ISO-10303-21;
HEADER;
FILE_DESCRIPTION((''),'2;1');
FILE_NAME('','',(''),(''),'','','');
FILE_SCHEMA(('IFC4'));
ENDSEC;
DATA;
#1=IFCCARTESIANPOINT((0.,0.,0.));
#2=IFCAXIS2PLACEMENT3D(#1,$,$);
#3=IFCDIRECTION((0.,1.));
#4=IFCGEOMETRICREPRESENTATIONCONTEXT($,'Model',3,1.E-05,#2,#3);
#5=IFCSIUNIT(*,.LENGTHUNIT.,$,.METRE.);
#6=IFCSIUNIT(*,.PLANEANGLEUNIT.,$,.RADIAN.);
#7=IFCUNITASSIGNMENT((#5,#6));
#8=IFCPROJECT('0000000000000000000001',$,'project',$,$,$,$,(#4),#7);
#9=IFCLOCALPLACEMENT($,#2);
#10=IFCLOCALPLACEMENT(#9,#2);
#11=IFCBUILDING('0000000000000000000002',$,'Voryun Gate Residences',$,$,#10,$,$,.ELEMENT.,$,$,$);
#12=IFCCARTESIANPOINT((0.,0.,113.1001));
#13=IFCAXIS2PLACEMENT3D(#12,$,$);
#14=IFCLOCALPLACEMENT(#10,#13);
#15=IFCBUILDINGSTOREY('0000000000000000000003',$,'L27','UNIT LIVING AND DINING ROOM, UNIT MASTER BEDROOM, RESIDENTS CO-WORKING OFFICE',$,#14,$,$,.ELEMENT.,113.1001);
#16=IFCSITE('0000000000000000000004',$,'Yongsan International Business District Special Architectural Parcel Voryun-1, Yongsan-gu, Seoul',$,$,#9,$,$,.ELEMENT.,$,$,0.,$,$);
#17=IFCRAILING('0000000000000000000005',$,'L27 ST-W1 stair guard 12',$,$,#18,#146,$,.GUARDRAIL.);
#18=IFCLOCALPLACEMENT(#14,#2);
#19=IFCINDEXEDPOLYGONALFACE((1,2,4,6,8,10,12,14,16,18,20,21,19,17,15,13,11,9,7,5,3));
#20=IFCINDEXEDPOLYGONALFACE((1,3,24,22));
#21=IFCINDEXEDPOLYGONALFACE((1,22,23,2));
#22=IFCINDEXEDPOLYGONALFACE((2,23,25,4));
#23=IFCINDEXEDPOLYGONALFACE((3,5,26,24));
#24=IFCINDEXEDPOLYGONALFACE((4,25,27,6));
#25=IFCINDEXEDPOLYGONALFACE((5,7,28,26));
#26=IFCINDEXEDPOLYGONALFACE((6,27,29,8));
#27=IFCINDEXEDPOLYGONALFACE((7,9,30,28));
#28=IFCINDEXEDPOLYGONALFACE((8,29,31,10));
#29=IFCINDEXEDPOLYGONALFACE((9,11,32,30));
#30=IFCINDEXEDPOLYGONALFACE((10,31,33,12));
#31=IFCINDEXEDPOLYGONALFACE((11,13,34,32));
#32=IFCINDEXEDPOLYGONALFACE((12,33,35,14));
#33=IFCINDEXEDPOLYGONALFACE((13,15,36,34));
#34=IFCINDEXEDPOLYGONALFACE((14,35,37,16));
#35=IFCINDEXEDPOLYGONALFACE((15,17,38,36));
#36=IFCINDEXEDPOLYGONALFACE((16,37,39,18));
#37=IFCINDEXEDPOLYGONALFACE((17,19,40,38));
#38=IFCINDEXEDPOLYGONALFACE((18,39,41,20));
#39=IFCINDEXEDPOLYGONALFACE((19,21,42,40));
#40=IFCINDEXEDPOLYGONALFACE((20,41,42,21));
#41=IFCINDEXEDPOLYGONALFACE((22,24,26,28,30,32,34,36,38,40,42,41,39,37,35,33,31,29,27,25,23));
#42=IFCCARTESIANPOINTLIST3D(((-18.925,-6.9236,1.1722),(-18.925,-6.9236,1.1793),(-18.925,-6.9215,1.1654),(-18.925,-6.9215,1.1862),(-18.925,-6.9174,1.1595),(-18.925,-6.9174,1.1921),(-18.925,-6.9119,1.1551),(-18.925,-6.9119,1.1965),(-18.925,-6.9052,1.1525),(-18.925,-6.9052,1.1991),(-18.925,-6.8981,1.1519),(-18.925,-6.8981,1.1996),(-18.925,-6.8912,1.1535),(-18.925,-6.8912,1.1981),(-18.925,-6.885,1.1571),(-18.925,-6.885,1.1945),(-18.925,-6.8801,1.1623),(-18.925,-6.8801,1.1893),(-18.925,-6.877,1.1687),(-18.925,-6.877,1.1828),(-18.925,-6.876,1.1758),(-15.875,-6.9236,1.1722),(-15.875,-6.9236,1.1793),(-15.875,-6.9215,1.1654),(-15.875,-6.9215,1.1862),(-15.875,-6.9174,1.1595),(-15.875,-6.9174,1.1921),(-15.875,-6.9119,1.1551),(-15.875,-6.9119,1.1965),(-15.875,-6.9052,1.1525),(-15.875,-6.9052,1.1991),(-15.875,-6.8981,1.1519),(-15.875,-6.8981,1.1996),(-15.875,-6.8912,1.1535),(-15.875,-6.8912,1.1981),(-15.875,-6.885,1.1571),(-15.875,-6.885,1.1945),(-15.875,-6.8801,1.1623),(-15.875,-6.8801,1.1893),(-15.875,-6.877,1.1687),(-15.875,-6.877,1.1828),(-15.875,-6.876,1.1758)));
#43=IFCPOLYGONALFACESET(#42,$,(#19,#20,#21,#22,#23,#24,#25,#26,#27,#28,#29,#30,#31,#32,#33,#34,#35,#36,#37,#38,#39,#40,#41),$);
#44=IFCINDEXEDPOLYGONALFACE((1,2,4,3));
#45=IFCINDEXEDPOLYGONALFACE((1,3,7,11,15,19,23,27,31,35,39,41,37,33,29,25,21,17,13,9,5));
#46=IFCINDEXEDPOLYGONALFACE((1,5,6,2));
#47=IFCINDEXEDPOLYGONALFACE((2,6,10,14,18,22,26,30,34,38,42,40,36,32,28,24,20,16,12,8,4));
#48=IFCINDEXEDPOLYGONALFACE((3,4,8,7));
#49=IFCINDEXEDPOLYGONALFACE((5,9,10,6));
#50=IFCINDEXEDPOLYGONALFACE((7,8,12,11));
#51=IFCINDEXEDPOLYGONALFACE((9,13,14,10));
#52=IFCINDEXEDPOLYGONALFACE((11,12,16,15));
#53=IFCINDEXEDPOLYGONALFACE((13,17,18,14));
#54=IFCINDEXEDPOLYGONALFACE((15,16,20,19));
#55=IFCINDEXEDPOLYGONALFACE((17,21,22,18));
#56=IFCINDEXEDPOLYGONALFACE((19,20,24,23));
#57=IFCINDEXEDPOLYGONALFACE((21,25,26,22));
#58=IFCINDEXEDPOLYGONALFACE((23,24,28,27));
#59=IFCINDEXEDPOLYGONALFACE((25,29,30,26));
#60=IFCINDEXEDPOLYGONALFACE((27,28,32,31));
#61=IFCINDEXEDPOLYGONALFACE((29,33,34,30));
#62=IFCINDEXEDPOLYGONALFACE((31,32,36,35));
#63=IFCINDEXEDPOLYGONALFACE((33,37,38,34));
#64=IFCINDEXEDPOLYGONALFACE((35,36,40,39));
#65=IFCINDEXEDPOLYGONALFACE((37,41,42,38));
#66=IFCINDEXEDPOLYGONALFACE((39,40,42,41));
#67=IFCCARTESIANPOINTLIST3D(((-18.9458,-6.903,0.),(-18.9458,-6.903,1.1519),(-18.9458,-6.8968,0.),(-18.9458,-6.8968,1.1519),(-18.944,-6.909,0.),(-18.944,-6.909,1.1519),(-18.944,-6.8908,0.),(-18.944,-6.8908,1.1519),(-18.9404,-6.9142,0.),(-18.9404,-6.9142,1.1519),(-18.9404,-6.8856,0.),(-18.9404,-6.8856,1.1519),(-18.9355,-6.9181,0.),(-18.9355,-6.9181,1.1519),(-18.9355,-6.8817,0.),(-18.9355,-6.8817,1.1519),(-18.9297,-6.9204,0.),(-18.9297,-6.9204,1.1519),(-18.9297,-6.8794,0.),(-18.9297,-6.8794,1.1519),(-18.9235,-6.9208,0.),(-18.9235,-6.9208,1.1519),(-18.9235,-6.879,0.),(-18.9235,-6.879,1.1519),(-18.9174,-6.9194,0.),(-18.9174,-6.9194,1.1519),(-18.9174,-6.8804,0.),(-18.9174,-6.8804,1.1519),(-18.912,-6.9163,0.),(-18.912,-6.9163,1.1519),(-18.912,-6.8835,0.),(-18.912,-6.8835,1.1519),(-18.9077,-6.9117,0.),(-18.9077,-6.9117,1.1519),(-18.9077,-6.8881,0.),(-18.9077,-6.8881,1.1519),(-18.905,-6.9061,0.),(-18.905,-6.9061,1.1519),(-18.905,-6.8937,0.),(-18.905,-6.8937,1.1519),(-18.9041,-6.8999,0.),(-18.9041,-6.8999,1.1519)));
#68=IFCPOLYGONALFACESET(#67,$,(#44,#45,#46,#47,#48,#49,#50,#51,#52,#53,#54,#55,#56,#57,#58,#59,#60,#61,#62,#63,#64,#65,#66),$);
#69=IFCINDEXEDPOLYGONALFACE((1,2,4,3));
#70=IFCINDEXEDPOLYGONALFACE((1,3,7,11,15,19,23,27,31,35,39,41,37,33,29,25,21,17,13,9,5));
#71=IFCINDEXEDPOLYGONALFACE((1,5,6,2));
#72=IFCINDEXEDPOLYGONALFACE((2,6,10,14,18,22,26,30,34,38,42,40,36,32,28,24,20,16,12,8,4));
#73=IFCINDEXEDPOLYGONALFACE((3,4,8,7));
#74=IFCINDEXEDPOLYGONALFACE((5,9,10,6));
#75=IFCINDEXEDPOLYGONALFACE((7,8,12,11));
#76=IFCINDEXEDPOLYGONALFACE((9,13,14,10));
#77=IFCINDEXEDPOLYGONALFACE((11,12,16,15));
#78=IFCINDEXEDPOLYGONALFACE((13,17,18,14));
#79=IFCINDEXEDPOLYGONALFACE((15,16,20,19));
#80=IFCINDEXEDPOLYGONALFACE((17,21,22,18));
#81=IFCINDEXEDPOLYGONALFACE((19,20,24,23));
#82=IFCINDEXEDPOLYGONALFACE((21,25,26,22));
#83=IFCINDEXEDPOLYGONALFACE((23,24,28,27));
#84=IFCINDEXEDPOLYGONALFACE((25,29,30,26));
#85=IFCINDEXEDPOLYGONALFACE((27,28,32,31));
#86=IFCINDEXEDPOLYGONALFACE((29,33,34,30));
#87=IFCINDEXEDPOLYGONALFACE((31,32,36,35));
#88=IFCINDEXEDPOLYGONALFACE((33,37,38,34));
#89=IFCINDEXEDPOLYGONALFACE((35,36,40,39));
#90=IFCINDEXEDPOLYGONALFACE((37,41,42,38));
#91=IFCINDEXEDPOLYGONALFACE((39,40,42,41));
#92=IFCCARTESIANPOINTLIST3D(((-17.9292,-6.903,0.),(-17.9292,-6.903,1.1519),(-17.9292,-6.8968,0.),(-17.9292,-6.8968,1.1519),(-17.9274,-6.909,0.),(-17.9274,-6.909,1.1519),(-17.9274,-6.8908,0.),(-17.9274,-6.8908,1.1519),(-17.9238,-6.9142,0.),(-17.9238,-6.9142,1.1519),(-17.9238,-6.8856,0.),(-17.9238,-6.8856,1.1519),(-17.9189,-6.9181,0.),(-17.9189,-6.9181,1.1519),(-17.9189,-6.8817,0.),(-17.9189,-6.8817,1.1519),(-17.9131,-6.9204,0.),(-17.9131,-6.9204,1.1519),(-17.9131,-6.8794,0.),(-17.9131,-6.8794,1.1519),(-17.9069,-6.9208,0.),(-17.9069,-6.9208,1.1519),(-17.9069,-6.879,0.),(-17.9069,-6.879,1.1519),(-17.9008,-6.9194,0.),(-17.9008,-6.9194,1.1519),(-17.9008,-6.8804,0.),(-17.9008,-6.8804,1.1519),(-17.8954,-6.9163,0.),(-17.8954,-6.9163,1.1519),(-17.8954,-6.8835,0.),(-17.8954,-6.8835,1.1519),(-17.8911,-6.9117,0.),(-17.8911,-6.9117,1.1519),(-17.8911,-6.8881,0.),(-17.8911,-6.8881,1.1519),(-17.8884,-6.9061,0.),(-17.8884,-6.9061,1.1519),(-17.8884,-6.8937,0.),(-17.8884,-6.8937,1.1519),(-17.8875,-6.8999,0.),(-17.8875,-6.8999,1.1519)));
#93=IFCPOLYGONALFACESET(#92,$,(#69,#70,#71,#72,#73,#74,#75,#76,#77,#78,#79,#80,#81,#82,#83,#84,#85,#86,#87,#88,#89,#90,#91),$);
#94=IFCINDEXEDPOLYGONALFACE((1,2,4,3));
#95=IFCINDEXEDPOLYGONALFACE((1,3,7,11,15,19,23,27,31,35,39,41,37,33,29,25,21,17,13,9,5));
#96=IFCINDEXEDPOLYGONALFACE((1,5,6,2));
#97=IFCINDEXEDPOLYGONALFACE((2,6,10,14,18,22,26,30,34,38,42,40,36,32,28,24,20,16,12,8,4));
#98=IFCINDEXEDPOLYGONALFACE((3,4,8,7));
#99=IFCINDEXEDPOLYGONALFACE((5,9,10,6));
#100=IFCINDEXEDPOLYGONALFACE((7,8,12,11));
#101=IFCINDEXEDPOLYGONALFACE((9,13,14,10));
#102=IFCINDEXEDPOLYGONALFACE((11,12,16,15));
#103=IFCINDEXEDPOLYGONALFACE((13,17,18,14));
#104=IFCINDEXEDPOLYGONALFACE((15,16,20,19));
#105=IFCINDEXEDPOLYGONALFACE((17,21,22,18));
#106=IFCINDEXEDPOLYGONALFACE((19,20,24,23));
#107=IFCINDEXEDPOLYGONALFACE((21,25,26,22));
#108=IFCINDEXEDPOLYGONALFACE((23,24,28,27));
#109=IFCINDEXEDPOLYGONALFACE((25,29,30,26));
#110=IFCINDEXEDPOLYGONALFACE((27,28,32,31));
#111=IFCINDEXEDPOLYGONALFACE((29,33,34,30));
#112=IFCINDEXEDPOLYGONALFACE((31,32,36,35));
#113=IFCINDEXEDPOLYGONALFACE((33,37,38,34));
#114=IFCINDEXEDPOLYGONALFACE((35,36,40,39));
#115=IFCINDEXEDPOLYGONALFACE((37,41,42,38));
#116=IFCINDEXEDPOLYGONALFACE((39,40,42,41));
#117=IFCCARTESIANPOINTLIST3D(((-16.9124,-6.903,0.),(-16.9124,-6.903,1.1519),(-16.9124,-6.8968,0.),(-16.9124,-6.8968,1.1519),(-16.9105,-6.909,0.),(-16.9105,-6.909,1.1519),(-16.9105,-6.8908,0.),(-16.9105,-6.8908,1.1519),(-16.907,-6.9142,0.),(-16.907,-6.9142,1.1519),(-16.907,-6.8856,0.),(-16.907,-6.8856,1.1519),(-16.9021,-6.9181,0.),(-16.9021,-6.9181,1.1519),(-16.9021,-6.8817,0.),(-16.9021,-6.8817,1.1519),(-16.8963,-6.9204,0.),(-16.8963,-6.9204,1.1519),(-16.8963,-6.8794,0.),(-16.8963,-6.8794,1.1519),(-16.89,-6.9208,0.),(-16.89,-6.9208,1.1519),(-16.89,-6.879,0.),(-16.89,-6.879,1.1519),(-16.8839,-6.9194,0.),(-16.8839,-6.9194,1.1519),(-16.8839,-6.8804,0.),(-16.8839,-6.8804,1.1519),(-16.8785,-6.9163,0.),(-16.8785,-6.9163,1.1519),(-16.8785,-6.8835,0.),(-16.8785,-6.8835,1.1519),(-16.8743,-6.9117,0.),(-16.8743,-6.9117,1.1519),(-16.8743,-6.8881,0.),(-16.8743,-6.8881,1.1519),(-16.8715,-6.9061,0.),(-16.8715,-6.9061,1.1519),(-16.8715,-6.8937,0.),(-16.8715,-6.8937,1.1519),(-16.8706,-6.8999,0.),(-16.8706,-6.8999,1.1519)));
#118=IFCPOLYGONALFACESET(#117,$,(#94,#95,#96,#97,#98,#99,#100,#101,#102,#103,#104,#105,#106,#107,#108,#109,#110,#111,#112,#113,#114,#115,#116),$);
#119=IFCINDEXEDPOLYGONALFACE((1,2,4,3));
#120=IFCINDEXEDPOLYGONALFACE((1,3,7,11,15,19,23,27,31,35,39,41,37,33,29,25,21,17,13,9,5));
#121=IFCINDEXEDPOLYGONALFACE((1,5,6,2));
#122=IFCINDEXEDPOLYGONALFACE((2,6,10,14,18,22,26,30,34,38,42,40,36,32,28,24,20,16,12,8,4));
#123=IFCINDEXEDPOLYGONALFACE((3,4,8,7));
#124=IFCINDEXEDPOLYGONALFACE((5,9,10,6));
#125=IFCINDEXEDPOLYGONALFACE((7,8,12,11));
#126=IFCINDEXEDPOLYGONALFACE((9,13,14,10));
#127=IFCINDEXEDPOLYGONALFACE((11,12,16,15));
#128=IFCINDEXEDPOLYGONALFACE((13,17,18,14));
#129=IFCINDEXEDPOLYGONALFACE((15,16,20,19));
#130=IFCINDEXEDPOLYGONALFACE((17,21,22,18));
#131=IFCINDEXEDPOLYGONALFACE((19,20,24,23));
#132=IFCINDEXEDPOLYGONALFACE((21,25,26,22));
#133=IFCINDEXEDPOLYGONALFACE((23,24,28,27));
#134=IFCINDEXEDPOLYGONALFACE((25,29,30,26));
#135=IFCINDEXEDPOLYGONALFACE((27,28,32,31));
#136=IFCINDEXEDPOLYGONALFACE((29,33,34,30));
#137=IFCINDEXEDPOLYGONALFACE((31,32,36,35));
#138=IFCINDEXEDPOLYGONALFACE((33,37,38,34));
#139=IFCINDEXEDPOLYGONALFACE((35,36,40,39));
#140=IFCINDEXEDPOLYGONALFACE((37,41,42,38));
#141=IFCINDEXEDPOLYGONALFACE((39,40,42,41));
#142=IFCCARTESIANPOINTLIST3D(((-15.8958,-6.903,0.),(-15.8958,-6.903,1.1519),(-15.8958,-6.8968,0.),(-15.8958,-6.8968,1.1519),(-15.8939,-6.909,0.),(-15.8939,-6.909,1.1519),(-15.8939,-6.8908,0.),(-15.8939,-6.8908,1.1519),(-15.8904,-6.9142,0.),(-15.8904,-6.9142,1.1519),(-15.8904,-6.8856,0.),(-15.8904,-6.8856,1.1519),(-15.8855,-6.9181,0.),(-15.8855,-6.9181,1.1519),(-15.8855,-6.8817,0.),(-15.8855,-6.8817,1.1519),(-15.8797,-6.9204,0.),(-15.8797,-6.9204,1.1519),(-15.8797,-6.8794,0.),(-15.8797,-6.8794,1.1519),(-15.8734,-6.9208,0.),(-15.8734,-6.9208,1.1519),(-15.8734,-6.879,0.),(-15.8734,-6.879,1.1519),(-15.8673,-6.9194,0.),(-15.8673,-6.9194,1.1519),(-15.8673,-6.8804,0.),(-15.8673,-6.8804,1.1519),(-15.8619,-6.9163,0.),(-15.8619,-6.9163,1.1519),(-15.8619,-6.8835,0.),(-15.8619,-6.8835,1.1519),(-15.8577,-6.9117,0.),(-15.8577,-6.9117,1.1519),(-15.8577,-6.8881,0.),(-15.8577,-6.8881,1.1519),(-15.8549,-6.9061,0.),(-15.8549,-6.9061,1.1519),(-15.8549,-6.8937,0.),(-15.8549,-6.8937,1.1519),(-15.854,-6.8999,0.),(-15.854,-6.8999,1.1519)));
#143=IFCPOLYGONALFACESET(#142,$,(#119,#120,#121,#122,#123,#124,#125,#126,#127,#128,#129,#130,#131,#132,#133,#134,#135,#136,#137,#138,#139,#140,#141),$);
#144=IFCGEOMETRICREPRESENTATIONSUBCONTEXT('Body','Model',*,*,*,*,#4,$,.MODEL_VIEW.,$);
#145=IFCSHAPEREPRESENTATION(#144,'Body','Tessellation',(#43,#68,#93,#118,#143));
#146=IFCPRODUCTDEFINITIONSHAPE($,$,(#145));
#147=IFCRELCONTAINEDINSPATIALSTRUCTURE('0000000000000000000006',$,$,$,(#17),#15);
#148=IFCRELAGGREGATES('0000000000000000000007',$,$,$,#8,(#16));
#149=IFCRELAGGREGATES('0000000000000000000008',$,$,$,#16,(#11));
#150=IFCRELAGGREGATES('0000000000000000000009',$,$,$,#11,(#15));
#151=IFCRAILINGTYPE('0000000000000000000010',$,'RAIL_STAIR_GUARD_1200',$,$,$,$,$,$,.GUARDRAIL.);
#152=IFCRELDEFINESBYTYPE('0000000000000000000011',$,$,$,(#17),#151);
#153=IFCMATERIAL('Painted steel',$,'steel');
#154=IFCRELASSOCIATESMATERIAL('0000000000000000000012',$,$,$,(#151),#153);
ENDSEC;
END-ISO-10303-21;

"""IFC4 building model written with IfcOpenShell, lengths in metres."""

from ifc_helpers import new_model, si_unit, direction, frame, origin, origin_2d, place, context, subcontext, project, spatial, circle, extrude, material, type_object, element, save


model = new_model("IFC4")

# Units and contexts
model_context = context("Model", 3, precision=1e-05, world=origin(), true_north=direction((0.0, 1.0)))
body_context = subcontext(model_context, "Body", "Model", "MODEL_VIEW")
ifc_project = project(units=[si_unit("LENGTHUNIT", "METRE"), si_unit("PLANEANGLEUNIT", "RADIAN")], contexts=[model_context])

# Site, building, storey
site_placement = place(None, origin())
site = spatial("IfcSite", under=ifc_project, at=site_placement, Name="Yongsan International Business District Special Architectural Parcel Voryun-1, Yongsan-gu, Seoul", CompositionType="ELEMENT", RefElevation=0.0)
building_placement = place(site_placement, origin())
building = spatial("IfcBuilding", under=site, at=building_placement, Name="Voryun Gate Residences", CompositionType="ELEMENT")
storey_placement = place(building_placement, frame((0.0, 0.0, 113.1001)))
storey = spatial("IfcBuildingStorey", under=building, at=storey_placement, Name="L27", Description="UNIT LIVING AND DINING ROOM, UNIT MASTER BEDROOM, RESIDENTS CO-WORKING OFFICE", CompositionType="ELEMENT", Elevation=113.1001)

# Railing
ifc_material_1 = material(Name="Painted steel", Category="steel")
railing_type_1 = type_object("IfcRailingType", Name="RAIL_STAIR_GUARD_1200", PredefinedType="GUARDRAIL", material=ifc_material_1)
railing_1_placement = place(storey_placement, frame((-18.925, -6.8999, 0.0)))
element("IfcRailing", 1, at=railing_1_placement, inside=storey, type_object=railing_type_1, Name="L27 ST-W1 stair guard 12", PredefinedType="GUARDRAIL", context=body_context, shape_type="SweptSolid", body=[
    extrude(circle(Radius=0.0239, at=origin_2d()), frame((0.0, 0.0, 1.1758), z_axis=(1.0, 0.0, 0.0), x_axis=(0.0, 1.0, 0.0)), (0.0, 0.0, 1.0), 3.05),
    extrude(circle(Radius=0.021, at=origin_2d()), origin(), (0.0, 0.0, 1.0), 1.1519),
    extrude(circle(Radius=0.021, at=origin_2d()), frame((1.0166, 0.0, 0.0)), (0.0, 0.0, 1.0), 1.1519),
    extrude(circle(Radius=0.021, at=origin_2d()), frame((2.0334, 0.0, 0.0)), (0.0, 0.0, 1.0), 1.1519),
    extrude(circle(Radius=0.021, at=origin_2d()), frame((3.05, 0.0, 0.0)), (0.0, 0.0, 1.0), 1.1519),
])

save(model, "model.ifc")
